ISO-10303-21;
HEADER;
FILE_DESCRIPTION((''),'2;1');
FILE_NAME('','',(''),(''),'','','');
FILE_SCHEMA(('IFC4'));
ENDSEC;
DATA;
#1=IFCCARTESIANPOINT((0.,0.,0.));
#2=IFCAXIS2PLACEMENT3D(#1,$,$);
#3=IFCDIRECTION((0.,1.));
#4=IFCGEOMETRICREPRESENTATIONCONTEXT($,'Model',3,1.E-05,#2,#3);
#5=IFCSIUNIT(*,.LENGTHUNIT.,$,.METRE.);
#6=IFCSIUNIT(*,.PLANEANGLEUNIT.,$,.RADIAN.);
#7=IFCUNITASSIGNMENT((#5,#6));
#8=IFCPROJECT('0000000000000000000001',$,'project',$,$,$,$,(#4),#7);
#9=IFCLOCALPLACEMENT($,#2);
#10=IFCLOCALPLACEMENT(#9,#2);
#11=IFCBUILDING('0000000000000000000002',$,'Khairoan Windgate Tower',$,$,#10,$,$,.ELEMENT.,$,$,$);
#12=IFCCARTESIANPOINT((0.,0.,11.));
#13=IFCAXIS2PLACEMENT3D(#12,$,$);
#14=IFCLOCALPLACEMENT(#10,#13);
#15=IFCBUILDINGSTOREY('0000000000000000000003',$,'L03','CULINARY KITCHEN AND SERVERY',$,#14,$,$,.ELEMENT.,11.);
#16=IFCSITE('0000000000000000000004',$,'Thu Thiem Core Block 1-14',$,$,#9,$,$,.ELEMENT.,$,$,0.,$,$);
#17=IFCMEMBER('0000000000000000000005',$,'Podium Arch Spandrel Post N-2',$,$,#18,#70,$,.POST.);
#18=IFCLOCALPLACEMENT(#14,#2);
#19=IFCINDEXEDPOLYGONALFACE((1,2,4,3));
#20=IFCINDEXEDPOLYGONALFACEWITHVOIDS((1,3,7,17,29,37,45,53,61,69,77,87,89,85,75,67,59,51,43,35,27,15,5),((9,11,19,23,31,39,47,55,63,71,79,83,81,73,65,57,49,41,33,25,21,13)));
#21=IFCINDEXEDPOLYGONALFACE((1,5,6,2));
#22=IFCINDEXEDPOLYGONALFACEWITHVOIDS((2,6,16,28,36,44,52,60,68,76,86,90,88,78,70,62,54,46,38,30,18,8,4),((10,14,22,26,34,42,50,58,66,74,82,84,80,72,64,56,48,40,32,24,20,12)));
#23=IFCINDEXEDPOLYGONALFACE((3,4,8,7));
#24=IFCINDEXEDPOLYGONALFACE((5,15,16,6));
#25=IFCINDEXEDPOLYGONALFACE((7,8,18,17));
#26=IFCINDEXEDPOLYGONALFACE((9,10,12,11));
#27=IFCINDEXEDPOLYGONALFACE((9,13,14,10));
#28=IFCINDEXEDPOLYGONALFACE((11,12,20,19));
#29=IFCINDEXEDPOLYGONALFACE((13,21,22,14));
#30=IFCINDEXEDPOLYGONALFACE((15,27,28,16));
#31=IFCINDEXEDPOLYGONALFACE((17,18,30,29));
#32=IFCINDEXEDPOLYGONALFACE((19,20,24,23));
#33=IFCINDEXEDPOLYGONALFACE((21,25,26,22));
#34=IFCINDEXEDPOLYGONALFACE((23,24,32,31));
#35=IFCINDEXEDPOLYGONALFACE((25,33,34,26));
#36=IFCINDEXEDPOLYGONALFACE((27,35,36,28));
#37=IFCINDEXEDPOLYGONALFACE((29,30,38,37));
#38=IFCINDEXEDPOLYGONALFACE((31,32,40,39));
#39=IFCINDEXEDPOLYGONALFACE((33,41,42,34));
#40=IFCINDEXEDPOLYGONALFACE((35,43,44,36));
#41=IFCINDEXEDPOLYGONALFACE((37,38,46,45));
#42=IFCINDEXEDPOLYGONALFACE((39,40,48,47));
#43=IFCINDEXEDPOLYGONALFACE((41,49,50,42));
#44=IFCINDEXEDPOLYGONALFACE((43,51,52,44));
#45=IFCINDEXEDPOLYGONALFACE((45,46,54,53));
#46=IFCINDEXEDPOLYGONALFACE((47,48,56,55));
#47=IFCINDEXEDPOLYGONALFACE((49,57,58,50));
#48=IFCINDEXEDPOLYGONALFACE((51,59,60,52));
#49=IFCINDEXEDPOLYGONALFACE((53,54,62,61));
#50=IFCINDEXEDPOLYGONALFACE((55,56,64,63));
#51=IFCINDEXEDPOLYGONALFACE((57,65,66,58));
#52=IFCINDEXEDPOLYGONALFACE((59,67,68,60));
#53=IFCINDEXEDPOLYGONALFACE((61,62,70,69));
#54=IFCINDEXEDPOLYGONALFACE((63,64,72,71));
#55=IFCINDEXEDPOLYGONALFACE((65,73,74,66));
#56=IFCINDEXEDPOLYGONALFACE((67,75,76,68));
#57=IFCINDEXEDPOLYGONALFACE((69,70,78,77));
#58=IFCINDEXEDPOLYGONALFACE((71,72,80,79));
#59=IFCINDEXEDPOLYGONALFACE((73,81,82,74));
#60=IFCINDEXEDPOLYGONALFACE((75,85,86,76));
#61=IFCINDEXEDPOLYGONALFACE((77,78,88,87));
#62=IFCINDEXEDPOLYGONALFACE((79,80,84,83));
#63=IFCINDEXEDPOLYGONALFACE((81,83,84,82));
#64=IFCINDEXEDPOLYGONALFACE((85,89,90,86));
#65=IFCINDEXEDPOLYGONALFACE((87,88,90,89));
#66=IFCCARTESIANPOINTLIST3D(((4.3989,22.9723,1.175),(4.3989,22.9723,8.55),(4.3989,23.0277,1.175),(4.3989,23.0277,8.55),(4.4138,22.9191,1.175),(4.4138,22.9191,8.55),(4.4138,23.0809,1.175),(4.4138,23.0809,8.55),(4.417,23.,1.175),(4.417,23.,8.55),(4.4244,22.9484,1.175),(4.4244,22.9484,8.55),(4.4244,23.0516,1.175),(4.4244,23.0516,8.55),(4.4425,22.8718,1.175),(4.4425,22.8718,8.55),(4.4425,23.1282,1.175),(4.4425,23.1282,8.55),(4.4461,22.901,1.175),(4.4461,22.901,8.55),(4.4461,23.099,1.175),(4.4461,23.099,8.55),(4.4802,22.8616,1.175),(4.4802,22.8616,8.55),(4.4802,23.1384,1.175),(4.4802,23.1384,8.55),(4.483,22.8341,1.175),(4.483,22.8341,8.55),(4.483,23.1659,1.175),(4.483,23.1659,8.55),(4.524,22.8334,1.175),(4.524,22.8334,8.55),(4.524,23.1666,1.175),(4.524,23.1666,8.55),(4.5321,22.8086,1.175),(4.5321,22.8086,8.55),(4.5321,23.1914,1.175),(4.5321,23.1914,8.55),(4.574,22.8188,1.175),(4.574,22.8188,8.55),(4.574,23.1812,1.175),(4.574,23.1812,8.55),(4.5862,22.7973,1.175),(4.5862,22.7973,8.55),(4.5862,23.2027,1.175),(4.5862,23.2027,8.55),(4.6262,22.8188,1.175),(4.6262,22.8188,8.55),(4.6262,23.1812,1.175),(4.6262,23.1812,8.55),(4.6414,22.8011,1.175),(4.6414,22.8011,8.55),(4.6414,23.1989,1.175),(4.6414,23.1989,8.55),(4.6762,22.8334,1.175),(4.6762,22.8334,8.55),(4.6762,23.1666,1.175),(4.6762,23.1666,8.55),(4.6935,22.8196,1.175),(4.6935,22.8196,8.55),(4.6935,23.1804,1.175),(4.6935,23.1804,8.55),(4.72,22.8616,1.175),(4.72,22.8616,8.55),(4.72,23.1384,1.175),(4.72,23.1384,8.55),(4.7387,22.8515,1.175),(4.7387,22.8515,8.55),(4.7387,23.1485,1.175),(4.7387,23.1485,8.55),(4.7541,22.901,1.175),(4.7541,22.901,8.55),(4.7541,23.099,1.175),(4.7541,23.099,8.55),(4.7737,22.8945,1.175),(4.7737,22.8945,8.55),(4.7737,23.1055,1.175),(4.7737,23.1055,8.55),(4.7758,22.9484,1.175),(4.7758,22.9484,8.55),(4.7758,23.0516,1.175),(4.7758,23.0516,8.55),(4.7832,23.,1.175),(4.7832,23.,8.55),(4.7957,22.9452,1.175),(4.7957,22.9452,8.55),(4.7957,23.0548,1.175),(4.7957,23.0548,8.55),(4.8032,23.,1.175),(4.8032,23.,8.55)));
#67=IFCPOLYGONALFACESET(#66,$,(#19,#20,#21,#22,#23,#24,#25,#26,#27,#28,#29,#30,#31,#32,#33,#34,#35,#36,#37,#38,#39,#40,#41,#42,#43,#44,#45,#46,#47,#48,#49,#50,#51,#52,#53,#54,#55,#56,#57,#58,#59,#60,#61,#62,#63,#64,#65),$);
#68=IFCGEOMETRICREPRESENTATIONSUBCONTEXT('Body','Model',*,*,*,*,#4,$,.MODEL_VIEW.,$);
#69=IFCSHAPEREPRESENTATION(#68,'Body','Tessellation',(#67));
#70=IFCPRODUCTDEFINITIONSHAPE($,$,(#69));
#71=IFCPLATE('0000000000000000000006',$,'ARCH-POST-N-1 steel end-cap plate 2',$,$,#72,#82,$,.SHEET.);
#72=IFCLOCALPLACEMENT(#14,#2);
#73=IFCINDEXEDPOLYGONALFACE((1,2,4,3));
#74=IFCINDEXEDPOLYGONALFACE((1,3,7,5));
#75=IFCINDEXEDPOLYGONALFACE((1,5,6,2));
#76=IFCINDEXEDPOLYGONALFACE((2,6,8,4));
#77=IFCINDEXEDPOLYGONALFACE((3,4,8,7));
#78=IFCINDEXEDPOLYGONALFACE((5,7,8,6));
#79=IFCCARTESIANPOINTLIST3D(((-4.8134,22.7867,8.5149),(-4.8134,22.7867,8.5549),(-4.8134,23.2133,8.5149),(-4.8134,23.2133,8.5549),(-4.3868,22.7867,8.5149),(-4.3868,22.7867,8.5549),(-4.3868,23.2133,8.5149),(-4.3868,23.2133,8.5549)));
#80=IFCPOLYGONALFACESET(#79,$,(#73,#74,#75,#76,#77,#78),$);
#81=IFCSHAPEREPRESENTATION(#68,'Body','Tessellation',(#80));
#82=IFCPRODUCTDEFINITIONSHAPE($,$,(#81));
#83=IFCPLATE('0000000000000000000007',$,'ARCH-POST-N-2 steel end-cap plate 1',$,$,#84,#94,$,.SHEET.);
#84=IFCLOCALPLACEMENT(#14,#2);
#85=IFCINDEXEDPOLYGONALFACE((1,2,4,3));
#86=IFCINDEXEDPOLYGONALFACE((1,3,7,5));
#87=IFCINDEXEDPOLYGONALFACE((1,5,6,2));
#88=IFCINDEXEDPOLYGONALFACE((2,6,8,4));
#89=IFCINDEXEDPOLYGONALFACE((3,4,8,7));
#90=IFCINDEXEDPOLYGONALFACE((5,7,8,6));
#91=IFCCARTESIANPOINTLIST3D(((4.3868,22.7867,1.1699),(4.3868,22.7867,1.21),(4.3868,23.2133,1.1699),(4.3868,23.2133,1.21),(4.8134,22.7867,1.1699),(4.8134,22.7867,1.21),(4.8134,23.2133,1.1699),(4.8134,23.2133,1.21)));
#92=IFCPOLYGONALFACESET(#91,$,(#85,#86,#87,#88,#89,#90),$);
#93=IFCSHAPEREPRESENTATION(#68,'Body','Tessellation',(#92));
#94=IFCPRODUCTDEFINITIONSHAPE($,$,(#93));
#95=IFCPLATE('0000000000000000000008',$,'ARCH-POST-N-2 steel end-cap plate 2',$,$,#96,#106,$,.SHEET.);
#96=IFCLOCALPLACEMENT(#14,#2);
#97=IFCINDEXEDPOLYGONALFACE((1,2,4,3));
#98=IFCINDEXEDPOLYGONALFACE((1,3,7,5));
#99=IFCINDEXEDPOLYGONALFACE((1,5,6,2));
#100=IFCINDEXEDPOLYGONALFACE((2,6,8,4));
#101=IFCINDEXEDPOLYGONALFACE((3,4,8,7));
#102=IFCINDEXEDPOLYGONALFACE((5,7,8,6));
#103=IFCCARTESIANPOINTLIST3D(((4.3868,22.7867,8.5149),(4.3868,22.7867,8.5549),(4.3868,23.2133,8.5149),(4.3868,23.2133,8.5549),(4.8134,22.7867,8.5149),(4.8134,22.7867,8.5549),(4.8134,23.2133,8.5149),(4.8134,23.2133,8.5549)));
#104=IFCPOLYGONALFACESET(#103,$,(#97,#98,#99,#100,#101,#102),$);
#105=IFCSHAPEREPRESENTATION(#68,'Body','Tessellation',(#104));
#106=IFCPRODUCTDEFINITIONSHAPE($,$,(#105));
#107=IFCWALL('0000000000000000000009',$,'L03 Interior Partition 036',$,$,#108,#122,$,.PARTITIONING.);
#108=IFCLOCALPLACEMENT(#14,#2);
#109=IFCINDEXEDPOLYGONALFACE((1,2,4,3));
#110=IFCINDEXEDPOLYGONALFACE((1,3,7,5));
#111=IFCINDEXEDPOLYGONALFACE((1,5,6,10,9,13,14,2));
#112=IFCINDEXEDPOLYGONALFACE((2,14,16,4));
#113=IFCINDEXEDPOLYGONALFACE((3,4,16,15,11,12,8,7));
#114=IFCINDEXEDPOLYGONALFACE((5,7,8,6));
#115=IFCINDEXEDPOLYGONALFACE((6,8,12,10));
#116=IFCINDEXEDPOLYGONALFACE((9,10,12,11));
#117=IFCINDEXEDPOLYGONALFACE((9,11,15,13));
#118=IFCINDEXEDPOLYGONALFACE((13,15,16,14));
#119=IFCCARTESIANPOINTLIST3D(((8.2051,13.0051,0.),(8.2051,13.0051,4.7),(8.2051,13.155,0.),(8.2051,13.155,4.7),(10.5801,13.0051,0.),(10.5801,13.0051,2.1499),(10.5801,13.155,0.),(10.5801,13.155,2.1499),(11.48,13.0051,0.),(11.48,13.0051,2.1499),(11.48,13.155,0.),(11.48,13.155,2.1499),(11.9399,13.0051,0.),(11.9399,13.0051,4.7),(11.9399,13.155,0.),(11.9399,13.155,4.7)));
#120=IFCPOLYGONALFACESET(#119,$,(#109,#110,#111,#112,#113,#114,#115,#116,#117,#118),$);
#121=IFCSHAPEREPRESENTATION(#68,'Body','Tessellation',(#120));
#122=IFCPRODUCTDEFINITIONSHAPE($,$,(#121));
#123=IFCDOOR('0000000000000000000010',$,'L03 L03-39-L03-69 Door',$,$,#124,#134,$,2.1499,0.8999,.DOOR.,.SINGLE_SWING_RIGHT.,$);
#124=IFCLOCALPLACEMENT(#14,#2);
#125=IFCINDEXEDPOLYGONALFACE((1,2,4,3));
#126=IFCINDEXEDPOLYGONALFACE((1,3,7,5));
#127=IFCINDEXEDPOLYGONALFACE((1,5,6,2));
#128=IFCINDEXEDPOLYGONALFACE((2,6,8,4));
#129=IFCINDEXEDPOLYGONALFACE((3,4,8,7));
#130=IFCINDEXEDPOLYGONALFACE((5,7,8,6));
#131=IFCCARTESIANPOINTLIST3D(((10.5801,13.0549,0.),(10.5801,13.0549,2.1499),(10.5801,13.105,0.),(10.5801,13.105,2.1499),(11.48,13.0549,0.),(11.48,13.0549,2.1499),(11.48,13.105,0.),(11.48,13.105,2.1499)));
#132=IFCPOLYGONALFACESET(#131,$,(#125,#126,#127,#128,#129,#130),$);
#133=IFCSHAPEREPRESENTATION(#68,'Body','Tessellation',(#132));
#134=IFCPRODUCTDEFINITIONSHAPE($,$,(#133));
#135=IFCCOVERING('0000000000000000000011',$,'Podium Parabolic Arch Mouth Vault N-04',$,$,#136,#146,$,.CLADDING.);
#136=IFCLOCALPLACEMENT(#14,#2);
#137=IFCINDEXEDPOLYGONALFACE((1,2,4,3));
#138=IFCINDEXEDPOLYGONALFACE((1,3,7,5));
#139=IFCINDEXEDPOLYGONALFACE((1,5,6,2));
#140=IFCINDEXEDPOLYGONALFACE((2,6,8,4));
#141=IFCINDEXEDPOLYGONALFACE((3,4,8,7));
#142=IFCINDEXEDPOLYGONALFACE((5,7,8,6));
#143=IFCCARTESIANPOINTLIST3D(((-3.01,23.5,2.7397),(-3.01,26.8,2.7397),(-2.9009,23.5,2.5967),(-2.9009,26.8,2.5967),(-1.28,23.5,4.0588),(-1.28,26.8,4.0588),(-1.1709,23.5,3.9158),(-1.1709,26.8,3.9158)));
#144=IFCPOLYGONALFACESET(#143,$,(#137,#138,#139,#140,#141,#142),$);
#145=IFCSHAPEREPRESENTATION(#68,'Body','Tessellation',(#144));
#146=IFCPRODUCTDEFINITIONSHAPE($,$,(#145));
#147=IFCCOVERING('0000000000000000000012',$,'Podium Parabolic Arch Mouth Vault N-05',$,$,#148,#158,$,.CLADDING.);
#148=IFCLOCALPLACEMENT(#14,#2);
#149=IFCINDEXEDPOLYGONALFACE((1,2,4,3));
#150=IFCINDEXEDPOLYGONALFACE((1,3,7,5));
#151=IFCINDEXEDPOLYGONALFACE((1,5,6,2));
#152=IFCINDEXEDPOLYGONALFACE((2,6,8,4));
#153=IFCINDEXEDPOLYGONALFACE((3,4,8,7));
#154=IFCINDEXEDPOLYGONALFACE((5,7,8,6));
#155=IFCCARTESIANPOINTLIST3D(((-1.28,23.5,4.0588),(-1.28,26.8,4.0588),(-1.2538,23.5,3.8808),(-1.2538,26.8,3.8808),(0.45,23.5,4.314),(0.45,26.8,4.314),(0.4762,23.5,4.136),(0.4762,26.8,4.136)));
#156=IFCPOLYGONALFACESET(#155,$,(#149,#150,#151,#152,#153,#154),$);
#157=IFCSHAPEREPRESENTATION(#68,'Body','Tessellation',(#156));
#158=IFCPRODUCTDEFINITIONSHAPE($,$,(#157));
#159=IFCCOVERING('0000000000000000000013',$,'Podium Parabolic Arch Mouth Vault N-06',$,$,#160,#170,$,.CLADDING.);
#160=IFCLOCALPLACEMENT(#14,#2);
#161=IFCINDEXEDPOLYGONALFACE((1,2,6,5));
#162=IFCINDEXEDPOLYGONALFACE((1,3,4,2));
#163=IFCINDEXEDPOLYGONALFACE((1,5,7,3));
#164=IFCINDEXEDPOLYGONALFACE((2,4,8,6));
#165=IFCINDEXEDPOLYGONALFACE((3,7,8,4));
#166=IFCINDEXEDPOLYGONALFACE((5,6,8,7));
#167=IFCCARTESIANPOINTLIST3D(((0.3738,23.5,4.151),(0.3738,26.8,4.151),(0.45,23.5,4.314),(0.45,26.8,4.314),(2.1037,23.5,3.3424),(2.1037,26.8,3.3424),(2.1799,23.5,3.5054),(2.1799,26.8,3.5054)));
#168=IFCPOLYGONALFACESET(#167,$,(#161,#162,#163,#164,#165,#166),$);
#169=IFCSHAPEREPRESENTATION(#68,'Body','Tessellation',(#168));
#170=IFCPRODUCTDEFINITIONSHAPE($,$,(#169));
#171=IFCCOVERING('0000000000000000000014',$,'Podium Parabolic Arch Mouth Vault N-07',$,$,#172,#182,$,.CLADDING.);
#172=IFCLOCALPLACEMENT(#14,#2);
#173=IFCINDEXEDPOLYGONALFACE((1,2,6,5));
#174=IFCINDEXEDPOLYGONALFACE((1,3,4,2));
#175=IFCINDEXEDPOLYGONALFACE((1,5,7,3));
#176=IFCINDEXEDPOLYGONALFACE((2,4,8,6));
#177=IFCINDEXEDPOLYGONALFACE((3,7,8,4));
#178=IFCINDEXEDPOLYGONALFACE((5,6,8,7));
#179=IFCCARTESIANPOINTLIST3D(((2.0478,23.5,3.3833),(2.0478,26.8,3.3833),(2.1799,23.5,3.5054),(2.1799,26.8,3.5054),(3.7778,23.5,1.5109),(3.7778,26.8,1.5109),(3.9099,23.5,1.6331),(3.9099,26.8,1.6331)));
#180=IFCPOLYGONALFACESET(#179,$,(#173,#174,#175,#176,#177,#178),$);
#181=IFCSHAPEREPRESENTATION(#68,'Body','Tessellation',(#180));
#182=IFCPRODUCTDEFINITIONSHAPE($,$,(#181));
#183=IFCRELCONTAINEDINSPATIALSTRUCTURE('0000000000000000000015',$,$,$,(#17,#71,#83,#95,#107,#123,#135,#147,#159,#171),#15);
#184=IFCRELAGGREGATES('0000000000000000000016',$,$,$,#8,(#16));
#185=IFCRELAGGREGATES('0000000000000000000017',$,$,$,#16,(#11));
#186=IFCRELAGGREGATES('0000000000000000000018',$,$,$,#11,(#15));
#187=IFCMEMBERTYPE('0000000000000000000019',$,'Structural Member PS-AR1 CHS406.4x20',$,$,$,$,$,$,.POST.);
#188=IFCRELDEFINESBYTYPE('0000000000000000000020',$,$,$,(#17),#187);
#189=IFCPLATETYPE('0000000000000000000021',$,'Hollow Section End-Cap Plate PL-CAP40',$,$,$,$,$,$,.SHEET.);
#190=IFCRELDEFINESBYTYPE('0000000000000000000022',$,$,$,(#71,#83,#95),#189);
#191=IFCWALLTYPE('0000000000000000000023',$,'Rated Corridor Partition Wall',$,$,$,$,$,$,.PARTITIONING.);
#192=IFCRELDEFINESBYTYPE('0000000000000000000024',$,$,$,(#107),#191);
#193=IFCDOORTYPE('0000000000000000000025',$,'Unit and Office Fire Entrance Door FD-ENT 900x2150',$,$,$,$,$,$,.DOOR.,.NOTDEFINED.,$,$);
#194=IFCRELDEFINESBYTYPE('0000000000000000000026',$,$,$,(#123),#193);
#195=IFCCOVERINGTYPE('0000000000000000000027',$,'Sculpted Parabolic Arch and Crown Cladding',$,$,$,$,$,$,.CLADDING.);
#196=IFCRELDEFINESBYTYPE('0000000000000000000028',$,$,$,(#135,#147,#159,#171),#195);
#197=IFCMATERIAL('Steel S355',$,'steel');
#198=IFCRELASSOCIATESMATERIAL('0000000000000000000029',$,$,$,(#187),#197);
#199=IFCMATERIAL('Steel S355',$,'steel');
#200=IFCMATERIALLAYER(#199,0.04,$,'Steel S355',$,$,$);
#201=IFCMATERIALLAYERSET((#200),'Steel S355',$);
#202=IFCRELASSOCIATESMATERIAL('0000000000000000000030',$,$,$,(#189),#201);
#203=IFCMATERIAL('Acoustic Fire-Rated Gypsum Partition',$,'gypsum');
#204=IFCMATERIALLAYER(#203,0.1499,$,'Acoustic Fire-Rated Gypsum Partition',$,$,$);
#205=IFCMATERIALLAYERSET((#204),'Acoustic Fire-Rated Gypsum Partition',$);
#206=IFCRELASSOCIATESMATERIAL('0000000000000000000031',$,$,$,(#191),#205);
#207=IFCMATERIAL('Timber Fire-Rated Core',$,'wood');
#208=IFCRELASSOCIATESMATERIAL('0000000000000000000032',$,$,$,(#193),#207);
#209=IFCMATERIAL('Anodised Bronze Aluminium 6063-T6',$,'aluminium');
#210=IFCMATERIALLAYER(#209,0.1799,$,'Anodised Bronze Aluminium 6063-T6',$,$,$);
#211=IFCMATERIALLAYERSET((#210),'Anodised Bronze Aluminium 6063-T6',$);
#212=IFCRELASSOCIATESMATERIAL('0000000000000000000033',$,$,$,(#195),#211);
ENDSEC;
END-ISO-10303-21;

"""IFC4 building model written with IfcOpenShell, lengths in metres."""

from ifc_helpers import new_model, si_unit, direction, frame, frame_2d, origin, origin_2d, place, context, subcontext, project, spatial, polyline, rectangle, hollow_circle, outline, extrude, material, layer, layer_set, material_profile, profile_set, type_object, element, fill, save


model = new_model("IFC4")

# Units and contexts
model_context = context("Model", 3, precision=1e-05, world=origin(), true_north=direction((0.0, 1.0)))
body_context = subcontext(model_context, "Body", "Model", "MODEL_VIEW")
ifc_project = project(units=[si_unit("LENGTHUNIT", "METRE"), si_unit("PLANEANGLEUNIT", "RADIAN")], contexts=[model_context])

# Site, building, storey
site_placement = place(None, origin())
site = spatial("IfcSite", under=ifc_project, at=site_placement, Name="Thu Thiem Core Block 1-14", CompositionType="ELEMENT", RefElevation=0.0)
building_placement = place(site_placement, origin())
building = spatial("IfcBuilding", under=site, at=building_placement, Name="Khairoan Windgate Tower", CompositionType="ELEMENT")
storey_placement = place(building_placement, frame((0.0, 0.0, 11.0)))
storey = spatial("IfcBuildingStorey", under=building, at=storey_placement, Name="L03", Description="CULINARY KITCHEN AND SERVERY", CompositionType="ELEMENT", Elevation=11.0)

# Member
ifc_material_1 = material(Name="Steel S355", Category="steel")
ifc_material_profile_1 = material_profile(ifc_material_1, hollow_circle(Radius=0.2031, WallThickness=0.02, at=origin_2d()))
ifc_profile_set_1 = profile_set([ifc_material_profile_1], Name="Steel S355")
member_type_1 = type_object("IfcMemberType", Name="Structural Member PS-AR1 CHS406.4x20", PredefinedType="POST", material=ifc_profile_set_1)
member_1_placement = place(storey_placement, frame((4.6001, 23.0, 1.175), z_axis=(0.0, 0.0, 1.0), x_axis=(1.0, 0.0, 0.0)))
element("IfcMember", 1, at=member_1_placement, inside=storey, type_object=member_type_1, Name="Podium Arch Spandrel Post N-2", PredefinedType="POST", context=body_context, shape_type="SweptSolid", body=[
    extrude(hollow_circle(Radius=0.2031, WallThickness=0.02, at=origin_2d()), origin(), (0.0, 0.0, 1.0), 7.375),
])

# Plates
ifc_material_2 = material(Name="Steel S355", Category="steel")
ifc_layer_1 = layer(ifc_material_2, 0.04, Name="Steel S355")
ifc_layer_set_1 = layer_set([ifc_layer_1], Name="Steel S355")
plate_type_1 = type_object("IfcPlateType", Name="Hollow Section End-Cap Plate PL-CAP40", PredefinedType="SHEET", material=ifc_layer_set_1)
for number, where, z_axis, x_axis, name in (
    (2, (-4.6001, 23.0, 8.5149), (0.0, 0.0, 1.0), (1.0, 0.0, 0.0), "ARCH-POST-N-1 steel end-cap plate 2"),
    (3, (4.6001, 23.0, 1.1699), (0.0, 0.0, 1.0), (1.0, 0.0, 0.0), "ARCH-POST-N-2 steel end-cap plate 1"),
    (4, (4.6001, 23.0, 8.5149), (0.0, 0.0, 1.0), (1.0, 0.0, 0.0), "ARCH-POST-N-2 steel end-cap plate 2"),
):
    element("IfcPlate", number, at=place(storey_placement, frame(where, z_axis=z_axis, x_axis=x_axis)), inside=storey, type_object=plate_type_1, Name=name, PredefinedType="SHEET", context=body_context, shape_type="SweptSolid", body=[
        extrude(rectangle(XDim=0.4265, YDim=0.4265, at=origin_2d()), origin(), (0.0, 0.0, 1.0), 0.04),
    ])

# Wall, opening, door
ifc_material_3 = material(Name="Acoustic Fire-Rated Gypsum Partition", Category="gypsum")
ifc_layer_2 = layer(ifc_material_3, 0.1499, Name="Acoustic Fire-Rated Gypsum Partition")
ifc_layer_set_2 = layer_set([ifc_layer_2], Name="Acoustic Fire-Rated Gypsum Partition")
wall_type = type_object("IfcWallType", Name="Rated Corridor Partition Wall", PredefinedType="PARTITIONING", material=ifc_layer_set_2)
wall_placement = place(storey_placement, frame((8.2051, 13.0801, 0.0), z_axis=(0.0, 0.0, 1.0), x_axis=(1.0, 0.0, 0.0)))
wall = element("IfcWall", 5, at=wall_placement, inside=storey, type_object=wall_type, Name="L03 Interior Partition 036", PredefinedType="PARTITIONING", context=body_context, shape_type="SweptSolid", body=[
    extrude(rectangle(XDim=3.7349, YDim=0.1499, at=frame_2d((1.8674, 0.0))), origin(), (0.0, 0.0, 1.0), 4.7),
])
opening_placement = place(wall_placement, frame((2.375, 0.0, 0.0)))
opening = element("IfcOpeningElement", 6, at=opening_placement, cuts=wall, PredefinedType="OPENING", context=body_context, shape_type="SweptSolid", body=[
    extrude(rectangle(XDim=0.8999, YDim=2.1499, at=frame_2d((0.45, 1.075))), frame((0.0, 0.085, 0.0), z_axis=(0.0, -1.0, 0.0), x_axis=(1.0, 0.0, 0.0)), (0.0, 0.0, 1.0), 0.1699),
])
ifc_material_4 = material(Name="Timber Fire-Rated Core", Category="wood")
door_type = type_object("IfcDoorType", Name="Unit and Office Fire Entrance Door FD-ENT 900x2150", OperationType="NOTDEFINED", PredefinedType="DOOR", material=ifc_material_4)
door_placement = place(opening_placement, origin())
door = element("IfcDoor", 7, at=door_placement, inside=storey, type_object=door_type, Name="L03 L03-39-L03-69 Door", OperationType="SINGLE_SWING_RIGHT", OverallHeight=2.1499, OverallWidth=0.8999, PredefinedType="DOOR", context=body_context, shape_type="SweptSolid", body=[
    extrude(rectangle(XDim=0.8999, YDim=2.1499, at=frame_2d((0.45, 1.075))), frame((0.0, 0.0249, 0.0), z_axis=(0.0, -1.0, 0.0), x_axis=(1.0, 0.0, 0.0)), (0.0, 0.0, 1.0), 0.05),
])
fill(opening, door)

# Coverings
ifc_material_5 = material(Name="Anodised Bronze Aluminium 6063-T6", Category="aluminium")
ifc_layer_3 = layer(ifc_material_5, 0.1799, Name="Anodised Bronze Aluminium 6063-T6")
ifc_layer_set_3 = layer_set([ifc_layer_3], Name="Anodised Bronze Aluminium 6063-T6")
covering_type = type_object("IfcCoveringType", Name="Sculpted Parabolic Arch and Crown Cladding", PredefinedType="CLADDING", material=ifc_layer_set_3)
covering_1_placement = place(storey_placement, frame((-3.01, 23.5, 2.7397), z_axis=(-0.606337, 0.0, 0.795208), x_axis=(0.795208, 0.0, 0.606337)))
element("IfcCovering", 8, at=covering_1_placement, inside=storey, type_object=covering_type, Name="Podium Parabolic Arch Mouth Vault N-04", PredefinedType="CLADDING", context=body_context, shape_type="SweptSolid", body=[
    extrude(outline(polyline([(0.0, 0.0), (2.1755, 0.0), (2.1755, 3.3), (0.0, 3.3), (0.0, 0.0)])), origin(), (0.0, 0.0, -1.0), 0.1799),
])
covering_2_placement = place(storey_placement, frame((-1.28, 23.5, 4.0588), z_axis=(-0.145896, 0.0, 0.9893), x_axis=(0.9893, 0.0, 0.145896)))
element("IfcCovering", 9, at=covering_2_placement, inside=storey, type_object=covering_type, Name="Podium Parabolic Arch Mouth Vault N-05", PredefinedType="CLADDING", context=body_context, shape_type="SweptSolid", body=[
    extrude(outline(polyline([(0.0, 0.0), (1.7487, 0.0), (1.7487, 3.3), (0.0, 3.3), (0.0, 0.0)])), origin(), (0.0, 0.0, -1.0), 0.1799),
])
covering_3_placement = place(storey_placement, frame((0.45, 23.5, 4.314), z_axis=(0.423431, 0.0, 0.905928), x_axis=(0.905928, 0.0, -0.423431)))
element("IfcCovering", 10, at=covering_3_placement, inside=storey, type_object=covering_type, Name="Podium Parabolic Arch Mouth Vault N-06", PredefinedType="CLADDING", context=body_context, shape_type="SweptSolid", body=[
    extrude(outline(polyline([(0.0, 0.0), (1.9096, 0.0), (1.9096, 3.3), (0.0, 3.3), (0.0, 0.0)])), origin(), (0.0, 0.0, -1.0), 0.1799),
])
covering_4_placement = place(storey_placement, frame((2.1799, 23.5, 3.5054), z_axis=(0.734473, 0.0, 0.678638), x_axis=(0.678638, 0.0, -0.734473)))
element("IfcCovering", 11, at=covering_4_placement, inside=storey, type_object=covering_type, Name="Podium Parabolic Arch Mouth Vault N-07", PredefinedType="CLADDING", context=body_context, shape_type="SweptSolid", body=[
    extrude(outline(polyline([(0.0, 0.0), (2.5492, 0.0), (2.5492, 3.3), (0.0, 3.3), (0.0, 0.0)])), origin(), (0.0, 0.0, -1.0), 0.1799),
])

save(model, "model.ifc")
